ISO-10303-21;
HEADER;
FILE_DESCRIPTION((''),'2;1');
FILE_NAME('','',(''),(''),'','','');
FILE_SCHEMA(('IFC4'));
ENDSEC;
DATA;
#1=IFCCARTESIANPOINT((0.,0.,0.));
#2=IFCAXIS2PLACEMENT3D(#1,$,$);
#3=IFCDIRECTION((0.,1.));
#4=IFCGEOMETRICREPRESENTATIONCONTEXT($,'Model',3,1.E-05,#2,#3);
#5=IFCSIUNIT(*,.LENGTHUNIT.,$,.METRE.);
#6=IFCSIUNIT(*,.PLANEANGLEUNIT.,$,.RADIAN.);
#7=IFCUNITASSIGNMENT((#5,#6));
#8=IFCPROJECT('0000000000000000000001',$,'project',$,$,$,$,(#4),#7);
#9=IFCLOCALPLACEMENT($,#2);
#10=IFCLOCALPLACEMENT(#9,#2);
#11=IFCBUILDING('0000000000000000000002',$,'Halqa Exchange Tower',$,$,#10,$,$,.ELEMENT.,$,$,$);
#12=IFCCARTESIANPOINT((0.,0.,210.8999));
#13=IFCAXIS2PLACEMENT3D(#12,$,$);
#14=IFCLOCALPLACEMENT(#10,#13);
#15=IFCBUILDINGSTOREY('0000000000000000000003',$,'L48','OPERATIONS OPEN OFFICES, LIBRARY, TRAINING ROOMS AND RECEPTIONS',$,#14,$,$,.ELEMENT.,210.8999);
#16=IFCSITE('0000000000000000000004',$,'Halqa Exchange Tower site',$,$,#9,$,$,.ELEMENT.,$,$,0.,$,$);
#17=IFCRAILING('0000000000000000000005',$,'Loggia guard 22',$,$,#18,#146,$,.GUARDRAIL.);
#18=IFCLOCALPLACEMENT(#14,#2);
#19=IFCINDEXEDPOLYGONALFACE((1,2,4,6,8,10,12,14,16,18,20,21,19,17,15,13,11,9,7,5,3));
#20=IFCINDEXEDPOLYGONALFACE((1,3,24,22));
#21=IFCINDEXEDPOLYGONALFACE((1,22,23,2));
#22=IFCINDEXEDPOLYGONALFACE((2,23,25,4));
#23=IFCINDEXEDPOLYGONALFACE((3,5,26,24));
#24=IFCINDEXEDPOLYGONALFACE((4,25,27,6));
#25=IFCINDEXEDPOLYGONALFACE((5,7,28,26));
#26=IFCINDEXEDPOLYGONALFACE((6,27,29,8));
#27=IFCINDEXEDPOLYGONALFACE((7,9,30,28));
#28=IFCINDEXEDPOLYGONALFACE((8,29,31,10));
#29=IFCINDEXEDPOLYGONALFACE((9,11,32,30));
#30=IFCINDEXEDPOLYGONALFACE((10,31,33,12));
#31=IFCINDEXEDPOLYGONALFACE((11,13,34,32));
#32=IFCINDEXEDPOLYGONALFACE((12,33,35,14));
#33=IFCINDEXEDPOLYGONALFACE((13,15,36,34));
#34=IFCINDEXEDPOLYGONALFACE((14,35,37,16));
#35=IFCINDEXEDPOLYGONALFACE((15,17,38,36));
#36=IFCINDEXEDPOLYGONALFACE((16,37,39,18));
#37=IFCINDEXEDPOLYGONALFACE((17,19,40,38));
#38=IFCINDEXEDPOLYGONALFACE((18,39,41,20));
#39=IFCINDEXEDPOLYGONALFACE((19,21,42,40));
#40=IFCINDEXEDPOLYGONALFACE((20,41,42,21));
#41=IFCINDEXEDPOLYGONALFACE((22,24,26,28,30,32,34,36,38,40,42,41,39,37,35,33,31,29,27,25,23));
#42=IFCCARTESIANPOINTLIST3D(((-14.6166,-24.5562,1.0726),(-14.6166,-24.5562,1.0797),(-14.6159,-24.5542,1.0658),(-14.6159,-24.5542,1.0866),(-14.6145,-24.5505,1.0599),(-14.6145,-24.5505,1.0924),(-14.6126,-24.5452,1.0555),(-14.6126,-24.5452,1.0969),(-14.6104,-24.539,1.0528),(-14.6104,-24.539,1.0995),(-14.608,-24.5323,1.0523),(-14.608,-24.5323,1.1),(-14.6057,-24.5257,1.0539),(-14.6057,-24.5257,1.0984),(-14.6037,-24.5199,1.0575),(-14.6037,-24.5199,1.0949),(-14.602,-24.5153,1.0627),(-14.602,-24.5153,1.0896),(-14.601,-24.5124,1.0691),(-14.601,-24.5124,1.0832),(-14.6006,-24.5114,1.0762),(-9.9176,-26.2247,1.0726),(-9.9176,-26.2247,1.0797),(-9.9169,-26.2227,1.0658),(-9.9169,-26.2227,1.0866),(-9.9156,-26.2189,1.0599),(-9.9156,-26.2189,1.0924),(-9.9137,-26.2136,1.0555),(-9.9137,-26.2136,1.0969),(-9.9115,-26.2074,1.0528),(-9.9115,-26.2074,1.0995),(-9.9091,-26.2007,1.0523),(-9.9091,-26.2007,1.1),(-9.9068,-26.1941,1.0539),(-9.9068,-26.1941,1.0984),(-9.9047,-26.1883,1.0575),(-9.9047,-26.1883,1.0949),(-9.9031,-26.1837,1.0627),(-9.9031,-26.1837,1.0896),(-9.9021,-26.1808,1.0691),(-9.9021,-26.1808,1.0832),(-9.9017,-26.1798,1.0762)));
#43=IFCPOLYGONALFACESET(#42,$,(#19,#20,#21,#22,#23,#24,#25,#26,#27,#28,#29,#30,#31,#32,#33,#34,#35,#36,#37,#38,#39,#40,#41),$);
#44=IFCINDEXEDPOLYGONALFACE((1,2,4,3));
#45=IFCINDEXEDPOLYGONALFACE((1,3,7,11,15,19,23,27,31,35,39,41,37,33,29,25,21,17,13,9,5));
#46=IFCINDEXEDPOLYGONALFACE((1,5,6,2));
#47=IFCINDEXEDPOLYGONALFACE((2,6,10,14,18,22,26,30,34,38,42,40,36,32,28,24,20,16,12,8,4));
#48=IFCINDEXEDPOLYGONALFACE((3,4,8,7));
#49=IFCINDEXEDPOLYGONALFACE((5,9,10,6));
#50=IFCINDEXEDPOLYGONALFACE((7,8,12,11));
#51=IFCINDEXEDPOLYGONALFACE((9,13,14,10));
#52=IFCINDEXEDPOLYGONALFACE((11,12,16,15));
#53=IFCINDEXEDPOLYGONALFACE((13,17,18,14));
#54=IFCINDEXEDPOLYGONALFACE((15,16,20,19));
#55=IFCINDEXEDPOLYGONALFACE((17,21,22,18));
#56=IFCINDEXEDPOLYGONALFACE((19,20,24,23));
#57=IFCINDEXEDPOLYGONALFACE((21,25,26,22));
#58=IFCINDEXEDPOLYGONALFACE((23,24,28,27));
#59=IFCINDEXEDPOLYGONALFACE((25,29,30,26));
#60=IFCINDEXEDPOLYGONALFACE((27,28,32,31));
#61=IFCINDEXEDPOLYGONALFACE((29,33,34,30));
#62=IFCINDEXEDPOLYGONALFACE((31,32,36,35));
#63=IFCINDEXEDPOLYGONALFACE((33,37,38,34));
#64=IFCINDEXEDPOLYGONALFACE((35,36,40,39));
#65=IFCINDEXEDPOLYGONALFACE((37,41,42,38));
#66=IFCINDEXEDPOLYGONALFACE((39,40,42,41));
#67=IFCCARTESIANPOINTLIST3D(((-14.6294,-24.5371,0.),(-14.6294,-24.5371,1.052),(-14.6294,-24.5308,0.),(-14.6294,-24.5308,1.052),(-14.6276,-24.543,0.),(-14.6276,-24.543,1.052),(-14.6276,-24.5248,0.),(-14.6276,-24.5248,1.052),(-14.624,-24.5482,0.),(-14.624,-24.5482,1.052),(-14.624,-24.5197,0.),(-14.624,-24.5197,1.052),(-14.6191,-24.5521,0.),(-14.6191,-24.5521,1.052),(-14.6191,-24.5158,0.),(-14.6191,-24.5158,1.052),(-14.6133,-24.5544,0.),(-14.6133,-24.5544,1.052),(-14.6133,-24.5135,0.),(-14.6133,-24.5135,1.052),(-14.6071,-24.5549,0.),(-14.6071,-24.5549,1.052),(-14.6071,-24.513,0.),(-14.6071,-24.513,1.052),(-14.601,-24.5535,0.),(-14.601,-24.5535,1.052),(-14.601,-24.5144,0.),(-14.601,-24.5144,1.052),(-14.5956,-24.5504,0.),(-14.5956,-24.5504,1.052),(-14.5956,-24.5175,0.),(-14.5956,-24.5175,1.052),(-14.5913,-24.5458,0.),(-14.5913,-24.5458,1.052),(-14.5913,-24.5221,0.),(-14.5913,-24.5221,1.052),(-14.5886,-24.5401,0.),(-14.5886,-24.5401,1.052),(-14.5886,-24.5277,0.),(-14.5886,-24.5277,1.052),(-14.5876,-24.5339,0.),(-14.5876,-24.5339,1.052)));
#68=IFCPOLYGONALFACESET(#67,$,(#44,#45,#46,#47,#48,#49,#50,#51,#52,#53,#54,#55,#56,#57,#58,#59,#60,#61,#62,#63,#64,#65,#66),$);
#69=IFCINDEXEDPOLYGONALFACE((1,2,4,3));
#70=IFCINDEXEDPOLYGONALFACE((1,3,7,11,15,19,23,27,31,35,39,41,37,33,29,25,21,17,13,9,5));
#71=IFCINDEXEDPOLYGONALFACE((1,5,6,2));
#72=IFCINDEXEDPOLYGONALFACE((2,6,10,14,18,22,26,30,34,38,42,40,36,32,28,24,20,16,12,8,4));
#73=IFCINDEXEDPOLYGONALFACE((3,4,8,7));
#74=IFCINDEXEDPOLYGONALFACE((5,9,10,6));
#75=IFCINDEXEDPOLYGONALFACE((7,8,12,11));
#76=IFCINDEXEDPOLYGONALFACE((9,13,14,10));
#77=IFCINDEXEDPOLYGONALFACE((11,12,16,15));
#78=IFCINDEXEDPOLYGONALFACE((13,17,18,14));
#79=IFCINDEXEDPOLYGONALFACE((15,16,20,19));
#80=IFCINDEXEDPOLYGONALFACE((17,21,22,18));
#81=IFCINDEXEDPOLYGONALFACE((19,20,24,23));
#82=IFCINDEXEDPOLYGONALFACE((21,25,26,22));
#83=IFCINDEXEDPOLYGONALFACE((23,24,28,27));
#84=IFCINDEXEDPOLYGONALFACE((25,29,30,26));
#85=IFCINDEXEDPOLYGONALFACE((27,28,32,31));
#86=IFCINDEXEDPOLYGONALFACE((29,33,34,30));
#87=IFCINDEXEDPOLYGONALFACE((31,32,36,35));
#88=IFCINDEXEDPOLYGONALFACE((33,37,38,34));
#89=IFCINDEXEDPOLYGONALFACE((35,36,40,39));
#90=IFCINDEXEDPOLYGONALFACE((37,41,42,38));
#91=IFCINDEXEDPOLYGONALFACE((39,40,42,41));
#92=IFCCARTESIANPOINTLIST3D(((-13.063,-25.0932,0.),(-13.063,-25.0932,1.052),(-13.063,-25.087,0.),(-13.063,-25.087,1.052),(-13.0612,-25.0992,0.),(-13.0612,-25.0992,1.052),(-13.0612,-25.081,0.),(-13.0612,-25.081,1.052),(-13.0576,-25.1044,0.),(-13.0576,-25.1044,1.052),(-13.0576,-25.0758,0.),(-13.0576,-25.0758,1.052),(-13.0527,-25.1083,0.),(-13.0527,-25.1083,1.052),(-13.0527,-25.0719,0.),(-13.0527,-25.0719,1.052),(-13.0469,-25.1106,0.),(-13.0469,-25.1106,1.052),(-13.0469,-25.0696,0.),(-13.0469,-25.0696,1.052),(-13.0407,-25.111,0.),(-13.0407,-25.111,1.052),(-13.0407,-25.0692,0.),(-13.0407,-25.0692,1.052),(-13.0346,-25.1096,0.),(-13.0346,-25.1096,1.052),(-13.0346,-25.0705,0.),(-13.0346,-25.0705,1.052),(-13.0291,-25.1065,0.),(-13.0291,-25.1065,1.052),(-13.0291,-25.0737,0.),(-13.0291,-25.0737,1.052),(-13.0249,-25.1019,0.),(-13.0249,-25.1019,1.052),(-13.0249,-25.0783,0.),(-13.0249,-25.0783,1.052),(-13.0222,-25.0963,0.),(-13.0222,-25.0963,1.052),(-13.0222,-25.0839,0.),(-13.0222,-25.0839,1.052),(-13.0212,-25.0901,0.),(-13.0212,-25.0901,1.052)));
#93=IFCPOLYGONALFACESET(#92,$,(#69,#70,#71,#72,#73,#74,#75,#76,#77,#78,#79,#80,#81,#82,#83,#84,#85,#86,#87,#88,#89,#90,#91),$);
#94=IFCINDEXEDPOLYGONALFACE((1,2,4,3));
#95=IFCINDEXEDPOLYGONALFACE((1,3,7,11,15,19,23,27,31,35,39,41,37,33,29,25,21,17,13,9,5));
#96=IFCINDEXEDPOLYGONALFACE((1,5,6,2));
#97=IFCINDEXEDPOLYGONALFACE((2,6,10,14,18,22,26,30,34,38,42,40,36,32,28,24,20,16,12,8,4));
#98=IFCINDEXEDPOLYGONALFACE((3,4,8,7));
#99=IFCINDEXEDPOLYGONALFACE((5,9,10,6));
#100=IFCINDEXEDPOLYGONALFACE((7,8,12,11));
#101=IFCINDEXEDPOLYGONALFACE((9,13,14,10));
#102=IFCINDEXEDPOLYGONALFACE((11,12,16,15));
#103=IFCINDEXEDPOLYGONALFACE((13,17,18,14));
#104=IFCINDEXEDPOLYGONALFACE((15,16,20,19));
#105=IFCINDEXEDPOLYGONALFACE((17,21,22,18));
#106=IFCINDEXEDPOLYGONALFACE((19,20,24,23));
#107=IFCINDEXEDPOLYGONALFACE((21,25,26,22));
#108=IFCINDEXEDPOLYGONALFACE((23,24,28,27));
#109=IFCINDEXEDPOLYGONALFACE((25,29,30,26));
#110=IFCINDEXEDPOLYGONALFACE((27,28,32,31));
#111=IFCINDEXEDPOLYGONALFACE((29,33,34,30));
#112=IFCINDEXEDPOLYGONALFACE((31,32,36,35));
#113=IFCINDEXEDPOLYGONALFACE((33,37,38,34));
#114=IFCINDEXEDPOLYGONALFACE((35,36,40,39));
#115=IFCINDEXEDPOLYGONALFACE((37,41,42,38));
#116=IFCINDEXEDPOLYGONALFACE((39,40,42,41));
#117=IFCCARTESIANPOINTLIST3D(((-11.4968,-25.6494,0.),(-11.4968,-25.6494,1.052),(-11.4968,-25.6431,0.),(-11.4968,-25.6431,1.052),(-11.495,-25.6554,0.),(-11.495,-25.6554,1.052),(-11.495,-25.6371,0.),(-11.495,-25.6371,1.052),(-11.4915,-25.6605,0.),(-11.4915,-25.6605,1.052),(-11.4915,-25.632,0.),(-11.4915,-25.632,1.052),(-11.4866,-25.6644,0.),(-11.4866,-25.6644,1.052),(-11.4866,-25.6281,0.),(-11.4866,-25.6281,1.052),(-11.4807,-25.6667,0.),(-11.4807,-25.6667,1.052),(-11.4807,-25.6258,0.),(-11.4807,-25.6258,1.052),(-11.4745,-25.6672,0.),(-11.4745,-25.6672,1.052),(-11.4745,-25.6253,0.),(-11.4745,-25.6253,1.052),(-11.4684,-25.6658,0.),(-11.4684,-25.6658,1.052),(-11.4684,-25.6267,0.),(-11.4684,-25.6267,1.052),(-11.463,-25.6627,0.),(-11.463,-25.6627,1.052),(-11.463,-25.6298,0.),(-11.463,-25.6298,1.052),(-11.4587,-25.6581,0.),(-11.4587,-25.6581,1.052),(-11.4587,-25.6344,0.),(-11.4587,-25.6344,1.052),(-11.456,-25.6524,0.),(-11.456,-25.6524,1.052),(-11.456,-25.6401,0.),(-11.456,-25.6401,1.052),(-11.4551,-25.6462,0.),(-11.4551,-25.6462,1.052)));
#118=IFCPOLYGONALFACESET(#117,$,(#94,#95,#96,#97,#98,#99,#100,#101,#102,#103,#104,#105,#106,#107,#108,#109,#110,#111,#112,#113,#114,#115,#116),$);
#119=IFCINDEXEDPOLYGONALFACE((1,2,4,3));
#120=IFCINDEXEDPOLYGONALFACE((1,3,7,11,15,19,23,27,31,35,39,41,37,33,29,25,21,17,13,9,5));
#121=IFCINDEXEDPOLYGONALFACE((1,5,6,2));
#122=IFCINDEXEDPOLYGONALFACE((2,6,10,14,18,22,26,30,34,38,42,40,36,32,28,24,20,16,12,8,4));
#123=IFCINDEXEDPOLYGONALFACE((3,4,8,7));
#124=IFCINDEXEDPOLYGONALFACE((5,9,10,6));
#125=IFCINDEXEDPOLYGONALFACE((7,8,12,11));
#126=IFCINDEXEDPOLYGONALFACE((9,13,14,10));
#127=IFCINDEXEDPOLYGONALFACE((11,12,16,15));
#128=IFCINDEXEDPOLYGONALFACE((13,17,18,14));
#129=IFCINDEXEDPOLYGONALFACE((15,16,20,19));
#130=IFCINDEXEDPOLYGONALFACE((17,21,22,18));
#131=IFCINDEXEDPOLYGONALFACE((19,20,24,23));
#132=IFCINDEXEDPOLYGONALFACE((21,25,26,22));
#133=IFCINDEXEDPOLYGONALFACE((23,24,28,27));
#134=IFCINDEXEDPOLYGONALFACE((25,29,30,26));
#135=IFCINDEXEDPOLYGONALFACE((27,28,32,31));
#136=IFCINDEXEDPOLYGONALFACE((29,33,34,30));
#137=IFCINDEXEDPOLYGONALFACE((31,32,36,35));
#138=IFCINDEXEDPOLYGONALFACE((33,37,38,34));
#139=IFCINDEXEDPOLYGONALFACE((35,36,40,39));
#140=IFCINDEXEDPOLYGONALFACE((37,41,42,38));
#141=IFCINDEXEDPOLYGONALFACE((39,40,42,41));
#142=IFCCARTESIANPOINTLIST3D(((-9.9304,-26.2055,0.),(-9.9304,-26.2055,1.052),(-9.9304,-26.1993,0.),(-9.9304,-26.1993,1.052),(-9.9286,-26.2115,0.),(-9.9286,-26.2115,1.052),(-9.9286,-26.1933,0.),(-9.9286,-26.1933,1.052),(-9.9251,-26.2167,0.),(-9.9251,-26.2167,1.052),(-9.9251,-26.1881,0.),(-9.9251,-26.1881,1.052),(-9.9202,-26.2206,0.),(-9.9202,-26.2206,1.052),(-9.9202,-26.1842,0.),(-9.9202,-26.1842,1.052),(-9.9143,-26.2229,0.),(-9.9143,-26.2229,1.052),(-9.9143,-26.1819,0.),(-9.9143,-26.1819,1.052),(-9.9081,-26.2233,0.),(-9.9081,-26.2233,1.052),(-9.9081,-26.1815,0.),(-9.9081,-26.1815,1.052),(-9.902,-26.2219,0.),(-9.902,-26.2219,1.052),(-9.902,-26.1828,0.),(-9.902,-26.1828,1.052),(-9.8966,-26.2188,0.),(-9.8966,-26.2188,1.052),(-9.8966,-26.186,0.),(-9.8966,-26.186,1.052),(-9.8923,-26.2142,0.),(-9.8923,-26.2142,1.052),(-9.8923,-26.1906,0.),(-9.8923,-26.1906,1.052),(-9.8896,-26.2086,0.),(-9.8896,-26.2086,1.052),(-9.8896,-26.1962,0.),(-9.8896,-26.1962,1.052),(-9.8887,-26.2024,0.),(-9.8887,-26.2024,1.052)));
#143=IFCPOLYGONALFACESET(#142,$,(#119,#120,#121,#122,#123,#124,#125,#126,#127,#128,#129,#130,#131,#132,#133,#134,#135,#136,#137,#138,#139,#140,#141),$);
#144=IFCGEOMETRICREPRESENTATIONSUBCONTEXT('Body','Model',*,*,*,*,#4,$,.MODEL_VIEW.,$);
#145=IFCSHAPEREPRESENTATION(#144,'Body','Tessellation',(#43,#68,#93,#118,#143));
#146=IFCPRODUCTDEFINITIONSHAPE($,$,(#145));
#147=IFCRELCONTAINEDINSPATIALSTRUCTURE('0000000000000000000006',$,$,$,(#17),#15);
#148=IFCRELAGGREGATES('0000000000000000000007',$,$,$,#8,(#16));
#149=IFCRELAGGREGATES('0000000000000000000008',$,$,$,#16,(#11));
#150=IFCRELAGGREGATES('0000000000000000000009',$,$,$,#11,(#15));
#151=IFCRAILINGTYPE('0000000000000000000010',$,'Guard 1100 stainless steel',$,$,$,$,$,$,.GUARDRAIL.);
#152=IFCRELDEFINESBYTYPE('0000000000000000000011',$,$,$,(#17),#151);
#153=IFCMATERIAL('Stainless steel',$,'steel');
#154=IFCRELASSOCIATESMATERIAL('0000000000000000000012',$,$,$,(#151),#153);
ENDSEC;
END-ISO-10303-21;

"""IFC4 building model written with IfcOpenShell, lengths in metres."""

from ifc_helpers import new_model, si_unit, direction, frame, origin, origin_2d, place, context, subcontext, project, spatial, circle, extrude, material, type_object, element, save


model = new_model("IFC4")

# Units and contexts
model_context = context("Model", 3, precision=1e-05, world=origin(), true_north=direction((0.0, 1.0)))
body_context = subcontext(model_context, "Body", "Model", "MODEL_VIEW")
ifc_project = project(units=[si_unit("LENGTHUNIT", "METRE"), si_unit("PLANEANGLEUNIT", "RADIAN")], contexts=[model_context])

# Site, building, storey
site_placement = place(None, origin())
site = spatial("IfcSite", under=ifc_project, at=site_placement, Name="Halqa Exchange Tower site", CompositionType="ELEMENT", RefElevation=0.0)
building_placement = place(site_placement, origin())
building = spatial("IfcBuilding", under=site, at=building_placement, Name="Halqa Exchange Tower", CompositionType="ELEMENT")
storey_placement = place(building_placement, frame((0.0, 0.0, 210.8999)))
storey = spatial("IfcBuildingStorey", under=building, at=storey_placement, Name="L48", Description="OPERATIONS OPEN OFFICES, LIBRARY, TRAINING ROOMS AND RECEPTIONS", CompositionType="ELEMENT", Elevation=210.8999)

# Railing
ifc_material_1 = material(Name="Stainless steel", Category="steel")
railing_type = type_object("IfcRailingType", Name="Guard 1100 stainless steel", PredefinedType="GUARDRAIL", material=ifc_material_1)
railing_1_placement = place(storey_placement, frame((-14.6086, -24.5339, 0.0)))
element("IfcRailing", 1, at=railing_1_placement, inside=storey, type_object=railing_type, Name="Loggia guard 22", PredefinedType="GUARDRAIL", context=body_context, shape_type="SweptSolid", body=[
    extrude(circle(Radius=0.0239, at=origin_2d()), frame((0.0, 0.0, 1.0762), z_axis=(0.94236, -0.334602, 0.0), x_axis=(0.334602, 0.94236, 0.0)), (0.0, 0.0, 1.0), 4.9863),
    extrude(circle(Radius=0.021, at=origin_2d()), origin(), (0.0, 0.0, 1.0), 1.052),
    extrude(circle(Radius=0.021, at=origin_2d()), frame((1.5664, -0.5562, 0.0)), (0.0, 0.0, 1.0), 1.052),
    extrude(circle(Radius=0.021, at=origin_2d()), frame((3.1326, -1.1123, 0.0)), (0.0, 0.0, 1.0), 1.052),
    extrude(circle(Radius=0.021, at=origin_2d()), frame((4.699, -1.6685, 0.0)), (0.0, 0.0, 1.0), 1.052),
])

save(model, "model.ifc")
